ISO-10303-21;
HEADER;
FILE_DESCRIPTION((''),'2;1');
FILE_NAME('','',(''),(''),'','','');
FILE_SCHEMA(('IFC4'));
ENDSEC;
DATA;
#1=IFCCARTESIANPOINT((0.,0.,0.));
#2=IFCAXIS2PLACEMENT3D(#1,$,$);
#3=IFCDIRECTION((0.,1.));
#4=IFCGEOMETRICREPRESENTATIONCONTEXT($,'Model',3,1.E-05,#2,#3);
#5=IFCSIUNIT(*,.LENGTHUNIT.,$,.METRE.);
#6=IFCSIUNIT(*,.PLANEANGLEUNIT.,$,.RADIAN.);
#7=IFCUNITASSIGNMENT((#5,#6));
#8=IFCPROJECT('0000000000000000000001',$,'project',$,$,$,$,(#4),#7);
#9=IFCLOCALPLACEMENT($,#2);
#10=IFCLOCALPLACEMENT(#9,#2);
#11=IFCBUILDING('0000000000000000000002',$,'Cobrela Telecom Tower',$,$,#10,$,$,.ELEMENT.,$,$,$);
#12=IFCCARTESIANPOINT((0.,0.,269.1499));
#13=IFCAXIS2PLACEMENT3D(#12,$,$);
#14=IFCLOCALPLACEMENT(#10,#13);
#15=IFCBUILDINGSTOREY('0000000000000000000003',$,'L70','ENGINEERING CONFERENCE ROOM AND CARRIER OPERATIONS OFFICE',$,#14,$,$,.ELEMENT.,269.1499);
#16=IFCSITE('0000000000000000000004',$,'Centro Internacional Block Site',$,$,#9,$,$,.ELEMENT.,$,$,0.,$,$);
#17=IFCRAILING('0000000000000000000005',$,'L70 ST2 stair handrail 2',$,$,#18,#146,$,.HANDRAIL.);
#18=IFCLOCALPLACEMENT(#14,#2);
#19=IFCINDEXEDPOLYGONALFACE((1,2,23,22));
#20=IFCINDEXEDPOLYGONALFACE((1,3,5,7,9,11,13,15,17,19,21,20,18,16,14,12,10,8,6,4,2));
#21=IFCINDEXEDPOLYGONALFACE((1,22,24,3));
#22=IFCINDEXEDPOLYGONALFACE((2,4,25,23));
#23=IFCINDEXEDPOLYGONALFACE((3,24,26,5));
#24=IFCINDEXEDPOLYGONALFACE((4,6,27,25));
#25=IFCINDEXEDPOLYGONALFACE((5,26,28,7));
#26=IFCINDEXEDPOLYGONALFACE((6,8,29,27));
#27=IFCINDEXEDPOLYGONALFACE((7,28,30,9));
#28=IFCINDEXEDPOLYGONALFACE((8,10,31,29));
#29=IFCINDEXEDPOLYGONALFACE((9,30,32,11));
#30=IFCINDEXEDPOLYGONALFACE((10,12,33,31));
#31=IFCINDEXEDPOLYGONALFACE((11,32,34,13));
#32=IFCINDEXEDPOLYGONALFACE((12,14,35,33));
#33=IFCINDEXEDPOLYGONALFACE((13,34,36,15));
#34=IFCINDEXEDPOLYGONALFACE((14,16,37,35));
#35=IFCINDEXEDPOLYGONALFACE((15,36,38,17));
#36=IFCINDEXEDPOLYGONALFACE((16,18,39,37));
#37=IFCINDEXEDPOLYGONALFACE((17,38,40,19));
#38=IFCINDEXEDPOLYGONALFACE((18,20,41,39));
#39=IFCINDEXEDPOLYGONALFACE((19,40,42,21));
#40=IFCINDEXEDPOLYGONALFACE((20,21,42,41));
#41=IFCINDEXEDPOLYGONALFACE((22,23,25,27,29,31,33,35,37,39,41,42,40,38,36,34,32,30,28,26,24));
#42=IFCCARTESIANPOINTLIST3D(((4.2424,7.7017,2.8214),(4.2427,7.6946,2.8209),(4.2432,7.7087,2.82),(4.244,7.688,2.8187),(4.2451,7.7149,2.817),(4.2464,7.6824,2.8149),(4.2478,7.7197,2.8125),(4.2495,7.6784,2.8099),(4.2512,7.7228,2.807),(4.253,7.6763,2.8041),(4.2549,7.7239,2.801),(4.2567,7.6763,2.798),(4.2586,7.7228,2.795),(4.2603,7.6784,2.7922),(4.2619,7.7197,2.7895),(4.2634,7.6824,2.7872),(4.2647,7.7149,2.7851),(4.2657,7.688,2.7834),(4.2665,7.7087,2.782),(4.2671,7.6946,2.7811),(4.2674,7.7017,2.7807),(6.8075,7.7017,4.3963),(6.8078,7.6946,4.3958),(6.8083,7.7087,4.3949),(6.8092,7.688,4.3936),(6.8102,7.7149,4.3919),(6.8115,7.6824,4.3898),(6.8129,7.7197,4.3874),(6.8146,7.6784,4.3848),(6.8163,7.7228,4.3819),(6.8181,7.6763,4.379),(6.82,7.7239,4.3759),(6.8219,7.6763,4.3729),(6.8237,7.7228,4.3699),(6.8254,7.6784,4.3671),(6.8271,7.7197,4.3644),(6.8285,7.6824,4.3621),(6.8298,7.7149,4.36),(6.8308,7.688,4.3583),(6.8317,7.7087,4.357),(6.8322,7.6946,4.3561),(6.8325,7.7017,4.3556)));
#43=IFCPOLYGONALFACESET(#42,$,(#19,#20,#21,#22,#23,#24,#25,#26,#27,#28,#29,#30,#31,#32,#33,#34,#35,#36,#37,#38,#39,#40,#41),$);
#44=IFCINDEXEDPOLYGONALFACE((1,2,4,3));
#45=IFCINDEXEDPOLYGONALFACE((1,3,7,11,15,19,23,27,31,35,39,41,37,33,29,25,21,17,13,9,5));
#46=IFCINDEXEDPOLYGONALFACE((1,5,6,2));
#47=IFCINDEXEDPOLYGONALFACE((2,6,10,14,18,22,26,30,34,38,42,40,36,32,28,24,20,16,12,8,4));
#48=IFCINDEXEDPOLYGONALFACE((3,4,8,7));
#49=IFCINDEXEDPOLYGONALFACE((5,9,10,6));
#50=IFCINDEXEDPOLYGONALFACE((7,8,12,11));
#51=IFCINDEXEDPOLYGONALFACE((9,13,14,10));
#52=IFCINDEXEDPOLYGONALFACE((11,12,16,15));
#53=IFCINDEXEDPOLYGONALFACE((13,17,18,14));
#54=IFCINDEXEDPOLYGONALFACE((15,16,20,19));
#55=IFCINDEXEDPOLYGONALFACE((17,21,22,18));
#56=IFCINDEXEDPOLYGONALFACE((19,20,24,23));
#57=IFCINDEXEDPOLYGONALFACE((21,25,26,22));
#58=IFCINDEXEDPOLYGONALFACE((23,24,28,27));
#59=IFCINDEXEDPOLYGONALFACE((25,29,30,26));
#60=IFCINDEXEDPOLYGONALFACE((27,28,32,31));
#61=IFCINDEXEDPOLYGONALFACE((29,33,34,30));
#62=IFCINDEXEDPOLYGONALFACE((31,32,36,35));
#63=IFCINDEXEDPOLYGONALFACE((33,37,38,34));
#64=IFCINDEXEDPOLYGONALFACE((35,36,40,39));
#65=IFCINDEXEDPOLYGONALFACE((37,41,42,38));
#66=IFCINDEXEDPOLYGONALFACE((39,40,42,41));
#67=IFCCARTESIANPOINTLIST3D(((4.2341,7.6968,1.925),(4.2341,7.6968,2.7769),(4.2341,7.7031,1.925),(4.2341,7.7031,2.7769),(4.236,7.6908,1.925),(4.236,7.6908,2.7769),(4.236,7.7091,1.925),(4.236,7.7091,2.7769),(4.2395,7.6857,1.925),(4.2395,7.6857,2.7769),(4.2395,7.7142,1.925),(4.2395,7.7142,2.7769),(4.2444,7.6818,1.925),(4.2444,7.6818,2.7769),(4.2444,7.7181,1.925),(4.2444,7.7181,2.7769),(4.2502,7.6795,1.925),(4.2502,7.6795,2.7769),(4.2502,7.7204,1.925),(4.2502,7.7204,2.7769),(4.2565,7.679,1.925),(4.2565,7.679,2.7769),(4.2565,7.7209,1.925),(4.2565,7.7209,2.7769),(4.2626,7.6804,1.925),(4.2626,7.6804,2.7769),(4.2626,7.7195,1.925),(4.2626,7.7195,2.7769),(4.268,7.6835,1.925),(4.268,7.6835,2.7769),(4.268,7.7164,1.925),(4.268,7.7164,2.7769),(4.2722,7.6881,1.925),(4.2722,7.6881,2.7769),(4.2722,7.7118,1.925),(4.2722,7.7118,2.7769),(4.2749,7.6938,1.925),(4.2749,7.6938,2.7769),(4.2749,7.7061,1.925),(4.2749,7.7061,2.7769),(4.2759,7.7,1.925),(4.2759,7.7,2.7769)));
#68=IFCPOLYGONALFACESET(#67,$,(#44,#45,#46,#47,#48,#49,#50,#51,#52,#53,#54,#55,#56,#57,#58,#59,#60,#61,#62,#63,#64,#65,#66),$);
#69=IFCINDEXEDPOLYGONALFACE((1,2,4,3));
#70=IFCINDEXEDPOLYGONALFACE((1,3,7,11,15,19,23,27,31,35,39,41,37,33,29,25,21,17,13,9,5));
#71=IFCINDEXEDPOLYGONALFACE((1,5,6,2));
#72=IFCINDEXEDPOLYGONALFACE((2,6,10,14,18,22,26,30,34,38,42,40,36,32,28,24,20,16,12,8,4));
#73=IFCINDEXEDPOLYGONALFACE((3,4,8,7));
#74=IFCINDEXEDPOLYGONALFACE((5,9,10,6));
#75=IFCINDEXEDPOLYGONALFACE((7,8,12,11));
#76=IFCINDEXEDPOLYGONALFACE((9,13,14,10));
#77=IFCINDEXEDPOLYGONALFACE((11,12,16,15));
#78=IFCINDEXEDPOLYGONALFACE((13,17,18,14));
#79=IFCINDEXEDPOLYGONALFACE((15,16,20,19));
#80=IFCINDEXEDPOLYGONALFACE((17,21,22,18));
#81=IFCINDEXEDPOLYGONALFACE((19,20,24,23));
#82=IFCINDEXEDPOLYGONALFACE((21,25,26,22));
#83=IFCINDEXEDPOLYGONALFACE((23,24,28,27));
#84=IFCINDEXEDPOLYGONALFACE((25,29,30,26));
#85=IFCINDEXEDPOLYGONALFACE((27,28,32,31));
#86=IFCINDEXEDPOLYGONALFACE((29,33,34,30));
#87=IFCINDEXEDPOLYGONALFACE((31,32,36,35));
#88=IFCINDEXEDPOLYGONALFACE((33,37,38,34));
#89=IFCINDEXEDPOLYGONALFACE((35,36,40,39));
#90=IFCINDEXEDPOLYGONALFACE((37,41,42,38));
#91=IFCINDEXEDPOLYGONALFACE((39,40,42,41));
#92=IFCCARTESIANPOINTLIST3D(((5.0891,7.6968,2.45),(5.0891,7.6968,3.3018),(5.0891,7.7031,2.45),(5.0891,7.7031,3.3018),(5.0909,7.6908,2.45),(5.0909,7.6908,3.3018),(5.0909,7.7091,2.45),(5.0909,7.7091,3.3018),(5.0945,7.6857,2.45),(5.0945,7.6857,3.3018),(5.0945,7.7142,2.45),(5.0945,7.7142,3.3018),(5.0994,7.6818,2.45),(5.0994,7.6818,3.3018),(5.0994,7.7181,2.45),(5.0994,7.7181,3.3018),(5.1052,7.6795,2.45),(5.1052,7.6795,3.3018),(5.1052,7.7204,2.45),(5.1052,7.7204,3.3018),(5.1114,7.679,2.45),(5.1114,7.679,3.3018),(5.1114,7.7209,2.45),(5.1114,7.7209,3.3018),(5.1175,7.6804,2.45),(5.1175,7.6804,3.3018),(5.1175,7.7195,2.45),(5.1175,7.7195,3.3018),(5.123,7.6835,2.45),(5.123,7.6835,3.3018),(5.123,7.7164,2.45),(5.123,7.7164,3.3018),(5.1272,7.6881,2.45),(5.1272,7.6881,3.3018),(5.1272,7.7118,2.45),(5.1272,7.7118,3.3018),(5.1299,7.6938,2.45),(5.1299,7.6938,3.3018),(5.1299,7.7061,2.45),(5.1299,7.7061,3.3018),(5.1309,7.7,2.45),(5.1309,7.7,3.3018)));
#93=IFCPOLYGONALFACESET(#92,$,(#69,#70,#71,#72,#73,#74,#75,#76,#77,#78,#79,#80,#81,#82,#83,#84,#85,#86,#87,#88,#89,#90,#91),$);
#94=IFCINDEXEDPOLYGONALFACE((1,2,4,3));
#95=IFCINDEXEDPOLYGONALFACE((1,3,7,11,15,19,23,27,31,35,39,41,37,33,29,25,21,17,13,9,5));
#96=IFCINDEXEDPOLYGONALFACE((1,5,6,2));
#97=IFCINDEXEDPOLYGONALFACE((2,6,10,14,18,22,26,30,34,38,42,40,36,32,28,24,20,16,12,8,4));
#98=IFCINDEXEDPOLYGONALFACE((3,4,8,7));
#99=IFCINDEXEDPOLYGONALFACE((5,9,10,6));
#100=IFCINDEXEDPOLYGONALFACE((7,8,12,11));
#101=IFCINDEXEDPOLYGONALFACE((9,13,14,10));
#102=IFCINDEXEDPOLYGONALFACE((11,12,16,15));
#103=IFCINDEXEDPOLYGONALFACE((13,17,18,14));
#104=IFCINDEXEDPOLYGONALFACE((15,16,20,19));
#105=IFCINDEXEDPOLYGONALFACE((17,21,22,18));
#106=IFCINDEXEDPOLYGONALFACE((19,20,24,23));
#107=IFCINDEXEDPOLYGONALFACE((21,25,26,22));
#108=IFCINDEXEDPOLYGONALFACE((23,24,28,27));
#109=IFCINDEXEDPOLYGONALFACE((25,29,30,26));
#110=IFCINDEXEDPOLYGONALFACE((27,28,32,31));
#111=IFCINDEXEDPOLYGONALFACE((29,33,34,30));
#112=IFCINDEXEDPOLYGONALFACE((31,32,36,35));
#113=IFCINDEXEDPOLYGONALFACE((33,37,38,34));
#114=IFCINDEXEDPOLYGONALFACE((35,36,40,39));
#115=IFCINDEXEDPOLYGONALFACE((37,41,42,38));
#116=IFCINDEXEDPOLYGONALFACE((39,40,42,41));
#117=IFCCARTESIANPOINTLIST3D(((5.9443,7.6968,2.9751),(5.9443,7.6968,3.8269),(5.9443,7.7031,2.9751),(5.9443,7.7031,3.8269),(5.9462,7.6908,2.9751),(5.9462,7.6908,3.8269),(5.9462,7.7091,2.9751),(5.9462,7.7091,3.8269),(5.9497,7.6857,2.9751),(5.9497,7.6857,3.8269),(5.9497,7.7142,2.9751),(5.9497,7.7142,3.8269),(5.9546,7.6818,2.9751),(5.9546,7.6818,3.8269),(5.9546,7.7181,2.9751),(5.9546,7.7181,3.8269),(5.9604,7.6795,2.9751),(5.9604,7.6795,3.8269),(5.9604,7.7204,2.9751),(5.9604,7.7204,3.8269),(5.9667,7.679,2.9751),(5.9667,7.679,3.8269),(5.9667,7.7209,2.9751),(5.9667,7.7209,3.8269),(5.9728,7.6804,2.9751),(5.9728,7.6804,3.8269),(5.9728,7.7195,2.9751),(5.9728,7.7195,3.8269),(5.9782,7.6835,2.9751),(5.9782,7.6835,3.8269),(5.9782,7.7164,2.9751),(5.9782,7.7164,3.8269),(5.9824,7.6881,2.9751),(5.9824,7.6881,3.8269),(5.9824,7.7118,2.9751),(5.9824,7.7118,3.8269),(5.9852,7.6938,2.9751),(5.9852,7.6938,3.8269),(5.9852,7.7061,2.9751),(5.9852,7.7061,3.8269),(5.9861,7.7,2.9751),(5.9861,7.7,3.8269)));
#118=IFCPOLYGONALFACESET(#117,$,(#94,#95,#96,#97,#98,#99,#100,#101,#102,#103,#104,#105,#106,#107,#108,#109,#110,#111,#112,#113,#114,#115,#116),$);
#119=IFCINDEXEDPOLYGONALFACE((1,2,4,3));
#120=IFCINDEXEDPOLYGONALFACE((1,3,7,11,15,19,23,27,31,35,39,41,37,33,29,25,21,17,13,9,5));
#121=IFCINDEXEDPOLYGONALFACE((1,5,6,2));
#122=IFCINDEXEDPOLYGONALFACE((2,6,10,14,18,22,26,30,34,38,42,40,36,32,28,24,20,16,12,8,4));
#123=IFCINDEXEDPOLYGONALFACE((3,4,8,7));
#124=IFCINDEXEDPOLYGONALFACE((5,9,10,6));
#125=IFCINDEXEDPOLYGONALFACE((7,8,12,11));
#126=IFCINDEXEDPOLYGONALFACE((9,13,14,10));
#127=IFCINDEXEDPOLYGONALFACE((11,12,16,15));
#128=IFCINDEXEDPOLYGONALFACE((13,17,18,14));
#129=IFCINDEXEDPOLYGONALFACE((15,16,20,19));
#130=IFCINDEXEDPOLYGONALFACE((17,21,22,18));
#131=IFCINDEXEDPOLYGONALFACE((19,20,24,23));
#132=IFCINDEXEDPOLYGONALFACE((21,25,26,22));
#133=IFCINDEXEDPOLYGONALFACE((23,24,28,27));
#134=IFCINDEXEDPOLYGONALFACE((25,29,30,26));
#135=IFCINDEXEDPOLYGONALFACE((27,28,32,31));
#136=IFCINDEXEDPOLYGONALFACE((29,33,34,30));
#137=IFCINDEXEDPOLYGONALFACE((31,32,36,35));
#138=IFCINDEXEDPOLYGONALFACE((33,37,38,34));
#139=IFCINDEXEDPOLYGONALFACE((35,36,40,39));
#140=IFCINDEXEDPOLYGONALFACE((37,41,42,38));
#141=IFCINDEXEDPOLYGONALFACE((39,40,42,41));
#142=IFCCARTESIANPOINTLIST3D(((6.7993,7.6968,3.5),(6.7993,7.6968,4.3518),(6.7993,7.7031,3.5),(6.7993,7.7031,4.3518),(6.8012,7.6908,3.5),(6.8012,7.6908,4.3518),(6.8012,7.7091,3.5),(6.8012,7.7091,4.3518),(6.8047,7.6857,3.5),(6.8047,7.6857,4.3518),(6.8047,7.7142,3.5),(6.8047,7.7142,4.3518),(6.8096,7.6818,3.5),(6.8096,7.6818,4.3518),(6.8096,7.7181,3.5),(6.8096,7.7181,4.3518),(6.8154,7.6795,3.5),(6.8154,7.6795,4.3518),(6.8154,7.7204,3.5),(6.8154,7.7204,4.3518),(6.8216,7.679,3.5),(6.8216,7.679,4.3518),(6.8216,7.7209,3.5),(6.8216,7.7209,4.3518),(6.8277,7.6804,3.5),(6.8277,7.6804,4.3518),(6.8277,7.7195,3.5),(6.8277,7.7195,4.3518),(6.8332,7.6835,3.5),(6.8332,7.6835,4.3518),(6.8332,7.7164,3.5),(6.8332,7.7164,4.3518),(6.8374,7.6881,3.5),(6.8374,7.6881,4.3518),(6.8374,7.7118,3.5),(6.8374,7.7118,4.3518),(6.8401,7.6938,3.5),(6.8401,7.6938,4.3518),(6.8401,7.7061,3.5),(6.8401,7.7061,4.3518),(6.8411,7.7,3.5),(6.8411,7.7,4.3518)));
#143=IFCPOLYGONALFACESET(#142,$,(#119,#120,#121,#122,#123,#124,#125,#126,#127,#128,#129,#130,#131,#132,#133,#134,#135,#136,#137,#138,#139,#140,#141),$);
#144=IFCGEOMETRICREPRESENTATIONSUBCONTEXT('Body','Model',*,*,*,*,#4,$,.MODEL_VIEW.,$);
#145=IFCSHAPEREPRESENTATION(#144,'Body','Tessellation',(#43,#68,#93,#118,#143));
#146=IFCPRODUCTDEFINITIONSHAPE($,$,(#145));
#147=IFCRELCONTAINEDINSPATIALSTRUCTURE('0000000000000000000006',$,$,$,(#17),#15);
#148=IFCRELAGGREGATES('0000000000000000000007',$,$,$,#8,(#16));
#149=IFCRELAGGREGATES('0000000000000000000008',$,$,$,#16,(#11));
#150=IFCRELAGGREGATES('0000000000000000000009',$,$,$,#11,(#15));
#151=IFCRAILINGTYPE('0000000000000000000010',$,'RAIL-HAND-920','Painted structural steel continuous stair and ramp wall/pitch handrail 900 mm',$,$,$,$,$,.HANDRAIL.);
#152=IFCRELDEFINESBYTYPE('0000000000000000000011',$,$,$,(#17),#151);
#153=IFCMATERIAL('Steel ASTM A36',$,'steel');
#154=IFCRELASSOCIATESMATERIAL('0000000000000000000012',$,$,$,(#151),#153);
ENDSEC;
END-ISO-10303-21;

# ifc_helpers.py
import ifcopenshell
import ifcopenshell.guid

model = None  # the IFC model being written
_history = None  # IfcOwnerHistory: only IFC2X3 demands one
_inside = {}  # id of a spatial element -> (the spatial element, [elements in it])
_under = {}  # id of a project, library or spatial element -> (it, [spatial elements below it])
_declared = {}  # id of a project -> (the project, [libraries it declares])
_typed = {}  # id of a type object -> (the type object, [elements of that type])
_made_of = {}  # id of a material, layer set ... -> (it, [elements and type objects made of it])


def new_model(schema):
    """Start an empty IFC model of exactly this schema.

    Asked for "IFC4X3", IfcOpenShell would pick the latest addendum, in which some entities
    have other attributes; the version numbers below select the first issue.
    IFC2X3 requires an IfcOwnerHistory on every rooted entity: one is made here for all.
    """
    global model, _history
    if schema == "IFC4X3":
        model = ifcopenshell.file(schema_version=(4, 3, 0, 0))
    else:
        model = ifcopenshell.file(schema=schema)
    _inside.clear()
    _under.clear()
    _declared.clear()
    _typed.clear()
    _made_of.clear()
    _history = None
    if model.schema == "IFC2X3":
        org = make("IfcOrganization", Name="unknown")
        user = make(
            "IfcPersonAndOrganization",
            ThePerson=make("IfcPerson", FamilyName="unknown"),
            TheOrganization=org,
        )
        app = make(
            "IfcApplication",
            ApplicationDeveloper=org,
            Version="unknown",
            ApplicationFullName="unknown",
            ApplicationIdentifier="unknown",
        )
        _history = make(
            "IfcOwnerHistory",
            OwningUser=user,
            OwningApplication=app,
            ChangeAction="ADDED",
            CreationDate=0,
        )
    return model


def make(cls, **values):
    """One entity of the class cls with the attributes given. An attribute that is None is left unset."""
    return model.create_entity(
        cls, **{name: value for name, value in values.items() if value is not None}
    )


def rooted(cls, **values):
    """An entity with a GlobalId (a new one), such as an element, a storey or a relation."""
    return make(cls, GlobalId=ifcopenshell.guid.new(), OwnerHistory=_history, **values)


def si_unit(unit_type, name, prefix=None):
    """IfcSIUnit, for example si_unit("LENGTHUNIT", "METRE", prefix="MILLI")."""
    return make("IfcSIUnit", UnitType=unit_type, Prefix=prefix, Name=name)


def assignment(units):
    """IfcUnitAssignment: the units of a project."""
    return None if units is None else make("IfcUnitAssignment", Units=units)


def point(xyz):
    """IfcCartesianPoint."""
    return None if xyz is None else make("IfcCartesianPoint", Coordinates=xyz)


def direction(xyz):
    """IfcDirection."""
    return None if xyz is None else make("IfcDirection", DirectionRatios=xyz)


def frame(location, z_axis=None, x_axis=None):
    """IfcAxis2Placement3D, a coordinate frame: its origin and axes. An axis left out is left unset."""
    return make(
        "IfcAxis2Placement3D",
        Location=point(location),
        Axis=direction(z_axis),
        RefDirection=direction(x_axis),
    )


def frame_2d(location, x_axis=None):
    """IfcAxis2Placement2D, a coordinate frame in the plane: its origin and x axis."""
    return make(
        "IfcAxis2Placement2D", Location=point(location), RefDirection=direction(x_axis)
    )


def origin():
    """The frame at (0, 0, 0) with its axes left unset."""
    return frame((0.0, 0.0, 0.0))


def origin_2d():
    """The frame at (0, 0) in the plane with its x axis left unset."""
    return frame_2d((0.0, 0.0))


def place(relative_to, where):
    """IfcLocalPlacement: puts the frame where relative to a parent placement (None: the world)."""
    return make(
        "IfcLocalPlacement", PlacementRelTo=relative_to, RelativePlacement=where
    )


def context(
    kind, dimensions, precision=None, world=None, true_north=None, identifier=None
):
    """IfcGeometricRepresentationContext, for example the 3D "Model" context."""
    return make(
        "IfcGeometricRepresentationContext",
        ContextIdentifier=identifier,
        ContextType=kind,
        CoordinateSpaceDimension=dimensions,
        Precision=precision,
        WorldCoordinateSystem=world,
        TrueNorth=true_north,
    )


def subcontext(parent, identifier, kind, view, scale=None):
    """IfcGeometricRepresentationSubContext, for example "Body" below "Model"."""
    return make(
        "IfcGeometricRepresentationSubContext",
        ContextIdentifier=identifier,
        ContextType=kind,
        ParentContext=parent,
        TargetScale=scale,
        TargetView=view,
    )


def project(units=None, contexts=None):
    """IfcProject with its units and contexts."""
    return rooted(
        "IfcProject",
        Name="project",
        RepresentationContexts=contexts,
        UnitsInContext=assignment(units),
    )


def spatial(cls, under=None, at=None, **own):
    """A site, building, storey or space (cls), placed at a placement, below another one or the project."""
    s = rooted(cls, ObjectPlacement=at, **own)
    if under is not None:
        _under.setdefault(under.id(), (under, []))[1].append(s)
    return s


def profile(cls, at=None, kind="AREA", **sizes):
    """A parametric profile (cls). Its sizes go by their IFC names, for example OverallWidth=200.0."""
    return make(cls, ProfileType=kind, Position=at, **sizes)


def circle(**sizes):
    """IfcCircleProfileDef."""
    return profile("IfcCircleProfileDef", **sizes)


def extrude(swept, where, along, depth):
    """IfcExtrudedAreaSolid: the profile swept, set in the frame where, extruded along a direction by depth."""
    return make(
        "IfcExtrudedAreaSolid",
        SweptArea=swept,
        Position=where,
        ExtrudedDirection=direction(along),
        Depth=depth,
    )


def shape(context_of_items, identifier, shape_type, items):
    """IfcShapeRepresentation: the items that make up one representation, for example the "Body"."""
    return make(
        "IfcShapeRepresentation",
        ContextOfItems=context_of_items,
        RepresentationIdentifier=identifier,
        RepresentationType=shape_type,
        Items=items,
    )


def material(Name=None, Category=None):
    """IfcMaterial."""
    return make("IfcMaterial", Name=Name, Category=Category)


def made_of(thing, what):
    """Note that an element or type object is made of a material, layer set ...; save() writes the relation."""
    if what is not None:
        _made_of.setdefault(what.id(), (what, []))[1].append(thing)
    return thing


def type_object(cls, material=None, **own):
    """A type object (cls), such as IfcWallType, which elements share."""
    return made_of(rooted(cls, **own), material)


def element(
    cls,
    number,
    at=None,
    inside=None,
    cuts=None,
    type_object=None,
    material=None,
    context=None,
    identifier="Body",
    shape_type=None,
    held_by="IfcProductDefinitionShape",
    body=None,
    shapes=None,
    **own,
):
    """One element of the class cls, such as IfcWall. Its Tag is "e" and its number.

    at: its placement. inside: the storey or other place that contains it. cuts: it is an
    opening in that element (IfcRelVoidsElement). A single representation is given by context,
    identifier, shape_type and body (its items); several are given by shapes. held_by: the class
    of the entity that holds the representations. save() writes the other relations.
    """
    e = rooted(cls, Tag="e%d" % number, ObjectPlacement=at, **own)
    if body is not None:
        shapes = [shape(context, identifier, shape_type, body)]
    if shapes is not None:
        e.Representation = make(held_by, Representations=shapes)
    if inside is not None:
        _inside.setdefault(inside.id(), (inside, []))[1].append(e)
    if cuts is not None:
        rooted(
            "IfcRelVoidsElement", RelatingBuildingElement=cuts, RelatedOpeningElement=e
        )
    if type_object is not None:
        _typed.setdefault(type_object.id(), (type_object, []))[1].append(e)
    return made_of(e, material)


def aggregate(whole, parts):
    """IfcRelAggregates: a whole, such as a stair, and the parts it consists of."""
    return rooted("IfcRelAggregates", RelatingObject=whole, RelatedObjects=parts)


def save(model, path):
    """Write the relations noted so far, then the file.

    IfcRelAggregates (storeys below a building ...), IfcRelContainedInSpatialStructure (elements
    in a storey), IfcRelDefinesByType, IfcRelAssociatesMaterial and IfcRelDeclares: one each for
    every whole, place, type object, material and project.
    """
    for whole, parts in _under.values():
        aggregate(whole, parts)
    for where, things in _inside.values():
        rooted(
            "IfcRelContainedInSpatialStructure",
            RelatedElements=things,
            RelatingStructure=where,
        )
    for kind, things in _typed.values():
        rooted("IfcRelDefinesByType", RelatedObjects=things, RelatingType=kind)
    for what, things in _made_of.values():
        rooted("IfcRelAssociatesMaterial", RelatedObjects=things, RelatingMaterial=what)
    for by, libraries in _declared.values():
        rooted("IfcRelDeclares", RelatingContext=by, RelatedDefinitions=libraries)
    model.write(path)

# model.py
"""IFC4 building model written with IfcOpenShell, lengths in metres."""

from ifc_helpers import new_model, si_unit, direction, frame, origin, origin_2d, place, context, subcontext, project, spatial, circle, extrude, material, type_object, element, save


model = new_model("IFC4")

# Units and contexts
model_context = context("Model", 3, precision=1e-05, world=origin(), true_north=direction((0.0, 1.0)))
body_context = subcontext(model_context, "Body", "Model", "MODEL_VIEW")
ifc_project = project(units=[si_unit("LENGTHUNIT", "METRE"), si_unit("PLANEANGLEUNIT", "RADIAN")], contexts=[model_context])

# Site, building, storey
site_placement = place(None, origin())
site = spatial("IfcSite", under=ifc_project, at=site_placement, Name="Centro Internacional Block Site", CompositionType="ELEMENT", RefElevation=0.0)
building_placement = place(site_placement, origin())
building = spatial("IfcBuilding", under=site, at=building_placement, Name="Cobrela Telecom Tower", CompositionType="ELEMENT")
storey_placement = place(building_placement, frame((0.0, 0.0, 269.1499)))
storey = spatial("IfcBuildingStorey", under=building, at=storey_placement, Name="L70", Description="ENGINEERING CONFERENCE ROOM AND CARRIER OPERATIONS OFFICE", CompositionType="ELEMENT", Elevation=269.1499)

# Railing
ifc_material_1 = material(Name="Steel ASTM A36", Category="steel")
railing_type_1 = type_object("IfcRailingType", Name="RAIL-HAND-920", Description="Painted structural steel continuous stair and ramp wall/pitch handrail 900 mm", PredefinedType="HANDRAIL", material=ifc_material_1)
railing_1_placement = place(storey_placement, frame((4.2549, 7.7, 1.925)))
element("IfcRailing", 1, at=railing_1_placement, inside=storey, type_object=railing_type_1, Name="L70 ST2 stair handrail 2", PredefinedType="HANDRAIL", context=body_context, shape_type="SweptSolid", body=[
    extrude(circle(Radius=0.0239, at=origin_2d()), frame((0.0, 0.0, 0.876), z_axis=(0.852195, 0.0, 0.523224), x_axis=(0.0, 1.0, 0.0)), (0.0, 0.0, 1.0), 3.01),
    extrude(circle(Radius=0.021, at=origin_2d()), origin(), (0.0, 0.0, 1.0), 0.8518),
    extrude(circle(Radius=0.021, at=origin_2d()), frame((0.855, 0.0, 0.5249)), (0.0, 0.0, 1.0), 0.8518),
    extrude(circle(Radius=0.021, at=origin_2d()), frame((1.7102, 0.0, 1.05)), (0.0, 0.0, 1.0), 0.8518),
    extrude(circle(Radius=0.021, at=origin_2d()), frame((2.5652, 0.0, 1.575)), (0.0, 0.0, 1.0), 0.8518),
])

save(model, "model.ifc")
